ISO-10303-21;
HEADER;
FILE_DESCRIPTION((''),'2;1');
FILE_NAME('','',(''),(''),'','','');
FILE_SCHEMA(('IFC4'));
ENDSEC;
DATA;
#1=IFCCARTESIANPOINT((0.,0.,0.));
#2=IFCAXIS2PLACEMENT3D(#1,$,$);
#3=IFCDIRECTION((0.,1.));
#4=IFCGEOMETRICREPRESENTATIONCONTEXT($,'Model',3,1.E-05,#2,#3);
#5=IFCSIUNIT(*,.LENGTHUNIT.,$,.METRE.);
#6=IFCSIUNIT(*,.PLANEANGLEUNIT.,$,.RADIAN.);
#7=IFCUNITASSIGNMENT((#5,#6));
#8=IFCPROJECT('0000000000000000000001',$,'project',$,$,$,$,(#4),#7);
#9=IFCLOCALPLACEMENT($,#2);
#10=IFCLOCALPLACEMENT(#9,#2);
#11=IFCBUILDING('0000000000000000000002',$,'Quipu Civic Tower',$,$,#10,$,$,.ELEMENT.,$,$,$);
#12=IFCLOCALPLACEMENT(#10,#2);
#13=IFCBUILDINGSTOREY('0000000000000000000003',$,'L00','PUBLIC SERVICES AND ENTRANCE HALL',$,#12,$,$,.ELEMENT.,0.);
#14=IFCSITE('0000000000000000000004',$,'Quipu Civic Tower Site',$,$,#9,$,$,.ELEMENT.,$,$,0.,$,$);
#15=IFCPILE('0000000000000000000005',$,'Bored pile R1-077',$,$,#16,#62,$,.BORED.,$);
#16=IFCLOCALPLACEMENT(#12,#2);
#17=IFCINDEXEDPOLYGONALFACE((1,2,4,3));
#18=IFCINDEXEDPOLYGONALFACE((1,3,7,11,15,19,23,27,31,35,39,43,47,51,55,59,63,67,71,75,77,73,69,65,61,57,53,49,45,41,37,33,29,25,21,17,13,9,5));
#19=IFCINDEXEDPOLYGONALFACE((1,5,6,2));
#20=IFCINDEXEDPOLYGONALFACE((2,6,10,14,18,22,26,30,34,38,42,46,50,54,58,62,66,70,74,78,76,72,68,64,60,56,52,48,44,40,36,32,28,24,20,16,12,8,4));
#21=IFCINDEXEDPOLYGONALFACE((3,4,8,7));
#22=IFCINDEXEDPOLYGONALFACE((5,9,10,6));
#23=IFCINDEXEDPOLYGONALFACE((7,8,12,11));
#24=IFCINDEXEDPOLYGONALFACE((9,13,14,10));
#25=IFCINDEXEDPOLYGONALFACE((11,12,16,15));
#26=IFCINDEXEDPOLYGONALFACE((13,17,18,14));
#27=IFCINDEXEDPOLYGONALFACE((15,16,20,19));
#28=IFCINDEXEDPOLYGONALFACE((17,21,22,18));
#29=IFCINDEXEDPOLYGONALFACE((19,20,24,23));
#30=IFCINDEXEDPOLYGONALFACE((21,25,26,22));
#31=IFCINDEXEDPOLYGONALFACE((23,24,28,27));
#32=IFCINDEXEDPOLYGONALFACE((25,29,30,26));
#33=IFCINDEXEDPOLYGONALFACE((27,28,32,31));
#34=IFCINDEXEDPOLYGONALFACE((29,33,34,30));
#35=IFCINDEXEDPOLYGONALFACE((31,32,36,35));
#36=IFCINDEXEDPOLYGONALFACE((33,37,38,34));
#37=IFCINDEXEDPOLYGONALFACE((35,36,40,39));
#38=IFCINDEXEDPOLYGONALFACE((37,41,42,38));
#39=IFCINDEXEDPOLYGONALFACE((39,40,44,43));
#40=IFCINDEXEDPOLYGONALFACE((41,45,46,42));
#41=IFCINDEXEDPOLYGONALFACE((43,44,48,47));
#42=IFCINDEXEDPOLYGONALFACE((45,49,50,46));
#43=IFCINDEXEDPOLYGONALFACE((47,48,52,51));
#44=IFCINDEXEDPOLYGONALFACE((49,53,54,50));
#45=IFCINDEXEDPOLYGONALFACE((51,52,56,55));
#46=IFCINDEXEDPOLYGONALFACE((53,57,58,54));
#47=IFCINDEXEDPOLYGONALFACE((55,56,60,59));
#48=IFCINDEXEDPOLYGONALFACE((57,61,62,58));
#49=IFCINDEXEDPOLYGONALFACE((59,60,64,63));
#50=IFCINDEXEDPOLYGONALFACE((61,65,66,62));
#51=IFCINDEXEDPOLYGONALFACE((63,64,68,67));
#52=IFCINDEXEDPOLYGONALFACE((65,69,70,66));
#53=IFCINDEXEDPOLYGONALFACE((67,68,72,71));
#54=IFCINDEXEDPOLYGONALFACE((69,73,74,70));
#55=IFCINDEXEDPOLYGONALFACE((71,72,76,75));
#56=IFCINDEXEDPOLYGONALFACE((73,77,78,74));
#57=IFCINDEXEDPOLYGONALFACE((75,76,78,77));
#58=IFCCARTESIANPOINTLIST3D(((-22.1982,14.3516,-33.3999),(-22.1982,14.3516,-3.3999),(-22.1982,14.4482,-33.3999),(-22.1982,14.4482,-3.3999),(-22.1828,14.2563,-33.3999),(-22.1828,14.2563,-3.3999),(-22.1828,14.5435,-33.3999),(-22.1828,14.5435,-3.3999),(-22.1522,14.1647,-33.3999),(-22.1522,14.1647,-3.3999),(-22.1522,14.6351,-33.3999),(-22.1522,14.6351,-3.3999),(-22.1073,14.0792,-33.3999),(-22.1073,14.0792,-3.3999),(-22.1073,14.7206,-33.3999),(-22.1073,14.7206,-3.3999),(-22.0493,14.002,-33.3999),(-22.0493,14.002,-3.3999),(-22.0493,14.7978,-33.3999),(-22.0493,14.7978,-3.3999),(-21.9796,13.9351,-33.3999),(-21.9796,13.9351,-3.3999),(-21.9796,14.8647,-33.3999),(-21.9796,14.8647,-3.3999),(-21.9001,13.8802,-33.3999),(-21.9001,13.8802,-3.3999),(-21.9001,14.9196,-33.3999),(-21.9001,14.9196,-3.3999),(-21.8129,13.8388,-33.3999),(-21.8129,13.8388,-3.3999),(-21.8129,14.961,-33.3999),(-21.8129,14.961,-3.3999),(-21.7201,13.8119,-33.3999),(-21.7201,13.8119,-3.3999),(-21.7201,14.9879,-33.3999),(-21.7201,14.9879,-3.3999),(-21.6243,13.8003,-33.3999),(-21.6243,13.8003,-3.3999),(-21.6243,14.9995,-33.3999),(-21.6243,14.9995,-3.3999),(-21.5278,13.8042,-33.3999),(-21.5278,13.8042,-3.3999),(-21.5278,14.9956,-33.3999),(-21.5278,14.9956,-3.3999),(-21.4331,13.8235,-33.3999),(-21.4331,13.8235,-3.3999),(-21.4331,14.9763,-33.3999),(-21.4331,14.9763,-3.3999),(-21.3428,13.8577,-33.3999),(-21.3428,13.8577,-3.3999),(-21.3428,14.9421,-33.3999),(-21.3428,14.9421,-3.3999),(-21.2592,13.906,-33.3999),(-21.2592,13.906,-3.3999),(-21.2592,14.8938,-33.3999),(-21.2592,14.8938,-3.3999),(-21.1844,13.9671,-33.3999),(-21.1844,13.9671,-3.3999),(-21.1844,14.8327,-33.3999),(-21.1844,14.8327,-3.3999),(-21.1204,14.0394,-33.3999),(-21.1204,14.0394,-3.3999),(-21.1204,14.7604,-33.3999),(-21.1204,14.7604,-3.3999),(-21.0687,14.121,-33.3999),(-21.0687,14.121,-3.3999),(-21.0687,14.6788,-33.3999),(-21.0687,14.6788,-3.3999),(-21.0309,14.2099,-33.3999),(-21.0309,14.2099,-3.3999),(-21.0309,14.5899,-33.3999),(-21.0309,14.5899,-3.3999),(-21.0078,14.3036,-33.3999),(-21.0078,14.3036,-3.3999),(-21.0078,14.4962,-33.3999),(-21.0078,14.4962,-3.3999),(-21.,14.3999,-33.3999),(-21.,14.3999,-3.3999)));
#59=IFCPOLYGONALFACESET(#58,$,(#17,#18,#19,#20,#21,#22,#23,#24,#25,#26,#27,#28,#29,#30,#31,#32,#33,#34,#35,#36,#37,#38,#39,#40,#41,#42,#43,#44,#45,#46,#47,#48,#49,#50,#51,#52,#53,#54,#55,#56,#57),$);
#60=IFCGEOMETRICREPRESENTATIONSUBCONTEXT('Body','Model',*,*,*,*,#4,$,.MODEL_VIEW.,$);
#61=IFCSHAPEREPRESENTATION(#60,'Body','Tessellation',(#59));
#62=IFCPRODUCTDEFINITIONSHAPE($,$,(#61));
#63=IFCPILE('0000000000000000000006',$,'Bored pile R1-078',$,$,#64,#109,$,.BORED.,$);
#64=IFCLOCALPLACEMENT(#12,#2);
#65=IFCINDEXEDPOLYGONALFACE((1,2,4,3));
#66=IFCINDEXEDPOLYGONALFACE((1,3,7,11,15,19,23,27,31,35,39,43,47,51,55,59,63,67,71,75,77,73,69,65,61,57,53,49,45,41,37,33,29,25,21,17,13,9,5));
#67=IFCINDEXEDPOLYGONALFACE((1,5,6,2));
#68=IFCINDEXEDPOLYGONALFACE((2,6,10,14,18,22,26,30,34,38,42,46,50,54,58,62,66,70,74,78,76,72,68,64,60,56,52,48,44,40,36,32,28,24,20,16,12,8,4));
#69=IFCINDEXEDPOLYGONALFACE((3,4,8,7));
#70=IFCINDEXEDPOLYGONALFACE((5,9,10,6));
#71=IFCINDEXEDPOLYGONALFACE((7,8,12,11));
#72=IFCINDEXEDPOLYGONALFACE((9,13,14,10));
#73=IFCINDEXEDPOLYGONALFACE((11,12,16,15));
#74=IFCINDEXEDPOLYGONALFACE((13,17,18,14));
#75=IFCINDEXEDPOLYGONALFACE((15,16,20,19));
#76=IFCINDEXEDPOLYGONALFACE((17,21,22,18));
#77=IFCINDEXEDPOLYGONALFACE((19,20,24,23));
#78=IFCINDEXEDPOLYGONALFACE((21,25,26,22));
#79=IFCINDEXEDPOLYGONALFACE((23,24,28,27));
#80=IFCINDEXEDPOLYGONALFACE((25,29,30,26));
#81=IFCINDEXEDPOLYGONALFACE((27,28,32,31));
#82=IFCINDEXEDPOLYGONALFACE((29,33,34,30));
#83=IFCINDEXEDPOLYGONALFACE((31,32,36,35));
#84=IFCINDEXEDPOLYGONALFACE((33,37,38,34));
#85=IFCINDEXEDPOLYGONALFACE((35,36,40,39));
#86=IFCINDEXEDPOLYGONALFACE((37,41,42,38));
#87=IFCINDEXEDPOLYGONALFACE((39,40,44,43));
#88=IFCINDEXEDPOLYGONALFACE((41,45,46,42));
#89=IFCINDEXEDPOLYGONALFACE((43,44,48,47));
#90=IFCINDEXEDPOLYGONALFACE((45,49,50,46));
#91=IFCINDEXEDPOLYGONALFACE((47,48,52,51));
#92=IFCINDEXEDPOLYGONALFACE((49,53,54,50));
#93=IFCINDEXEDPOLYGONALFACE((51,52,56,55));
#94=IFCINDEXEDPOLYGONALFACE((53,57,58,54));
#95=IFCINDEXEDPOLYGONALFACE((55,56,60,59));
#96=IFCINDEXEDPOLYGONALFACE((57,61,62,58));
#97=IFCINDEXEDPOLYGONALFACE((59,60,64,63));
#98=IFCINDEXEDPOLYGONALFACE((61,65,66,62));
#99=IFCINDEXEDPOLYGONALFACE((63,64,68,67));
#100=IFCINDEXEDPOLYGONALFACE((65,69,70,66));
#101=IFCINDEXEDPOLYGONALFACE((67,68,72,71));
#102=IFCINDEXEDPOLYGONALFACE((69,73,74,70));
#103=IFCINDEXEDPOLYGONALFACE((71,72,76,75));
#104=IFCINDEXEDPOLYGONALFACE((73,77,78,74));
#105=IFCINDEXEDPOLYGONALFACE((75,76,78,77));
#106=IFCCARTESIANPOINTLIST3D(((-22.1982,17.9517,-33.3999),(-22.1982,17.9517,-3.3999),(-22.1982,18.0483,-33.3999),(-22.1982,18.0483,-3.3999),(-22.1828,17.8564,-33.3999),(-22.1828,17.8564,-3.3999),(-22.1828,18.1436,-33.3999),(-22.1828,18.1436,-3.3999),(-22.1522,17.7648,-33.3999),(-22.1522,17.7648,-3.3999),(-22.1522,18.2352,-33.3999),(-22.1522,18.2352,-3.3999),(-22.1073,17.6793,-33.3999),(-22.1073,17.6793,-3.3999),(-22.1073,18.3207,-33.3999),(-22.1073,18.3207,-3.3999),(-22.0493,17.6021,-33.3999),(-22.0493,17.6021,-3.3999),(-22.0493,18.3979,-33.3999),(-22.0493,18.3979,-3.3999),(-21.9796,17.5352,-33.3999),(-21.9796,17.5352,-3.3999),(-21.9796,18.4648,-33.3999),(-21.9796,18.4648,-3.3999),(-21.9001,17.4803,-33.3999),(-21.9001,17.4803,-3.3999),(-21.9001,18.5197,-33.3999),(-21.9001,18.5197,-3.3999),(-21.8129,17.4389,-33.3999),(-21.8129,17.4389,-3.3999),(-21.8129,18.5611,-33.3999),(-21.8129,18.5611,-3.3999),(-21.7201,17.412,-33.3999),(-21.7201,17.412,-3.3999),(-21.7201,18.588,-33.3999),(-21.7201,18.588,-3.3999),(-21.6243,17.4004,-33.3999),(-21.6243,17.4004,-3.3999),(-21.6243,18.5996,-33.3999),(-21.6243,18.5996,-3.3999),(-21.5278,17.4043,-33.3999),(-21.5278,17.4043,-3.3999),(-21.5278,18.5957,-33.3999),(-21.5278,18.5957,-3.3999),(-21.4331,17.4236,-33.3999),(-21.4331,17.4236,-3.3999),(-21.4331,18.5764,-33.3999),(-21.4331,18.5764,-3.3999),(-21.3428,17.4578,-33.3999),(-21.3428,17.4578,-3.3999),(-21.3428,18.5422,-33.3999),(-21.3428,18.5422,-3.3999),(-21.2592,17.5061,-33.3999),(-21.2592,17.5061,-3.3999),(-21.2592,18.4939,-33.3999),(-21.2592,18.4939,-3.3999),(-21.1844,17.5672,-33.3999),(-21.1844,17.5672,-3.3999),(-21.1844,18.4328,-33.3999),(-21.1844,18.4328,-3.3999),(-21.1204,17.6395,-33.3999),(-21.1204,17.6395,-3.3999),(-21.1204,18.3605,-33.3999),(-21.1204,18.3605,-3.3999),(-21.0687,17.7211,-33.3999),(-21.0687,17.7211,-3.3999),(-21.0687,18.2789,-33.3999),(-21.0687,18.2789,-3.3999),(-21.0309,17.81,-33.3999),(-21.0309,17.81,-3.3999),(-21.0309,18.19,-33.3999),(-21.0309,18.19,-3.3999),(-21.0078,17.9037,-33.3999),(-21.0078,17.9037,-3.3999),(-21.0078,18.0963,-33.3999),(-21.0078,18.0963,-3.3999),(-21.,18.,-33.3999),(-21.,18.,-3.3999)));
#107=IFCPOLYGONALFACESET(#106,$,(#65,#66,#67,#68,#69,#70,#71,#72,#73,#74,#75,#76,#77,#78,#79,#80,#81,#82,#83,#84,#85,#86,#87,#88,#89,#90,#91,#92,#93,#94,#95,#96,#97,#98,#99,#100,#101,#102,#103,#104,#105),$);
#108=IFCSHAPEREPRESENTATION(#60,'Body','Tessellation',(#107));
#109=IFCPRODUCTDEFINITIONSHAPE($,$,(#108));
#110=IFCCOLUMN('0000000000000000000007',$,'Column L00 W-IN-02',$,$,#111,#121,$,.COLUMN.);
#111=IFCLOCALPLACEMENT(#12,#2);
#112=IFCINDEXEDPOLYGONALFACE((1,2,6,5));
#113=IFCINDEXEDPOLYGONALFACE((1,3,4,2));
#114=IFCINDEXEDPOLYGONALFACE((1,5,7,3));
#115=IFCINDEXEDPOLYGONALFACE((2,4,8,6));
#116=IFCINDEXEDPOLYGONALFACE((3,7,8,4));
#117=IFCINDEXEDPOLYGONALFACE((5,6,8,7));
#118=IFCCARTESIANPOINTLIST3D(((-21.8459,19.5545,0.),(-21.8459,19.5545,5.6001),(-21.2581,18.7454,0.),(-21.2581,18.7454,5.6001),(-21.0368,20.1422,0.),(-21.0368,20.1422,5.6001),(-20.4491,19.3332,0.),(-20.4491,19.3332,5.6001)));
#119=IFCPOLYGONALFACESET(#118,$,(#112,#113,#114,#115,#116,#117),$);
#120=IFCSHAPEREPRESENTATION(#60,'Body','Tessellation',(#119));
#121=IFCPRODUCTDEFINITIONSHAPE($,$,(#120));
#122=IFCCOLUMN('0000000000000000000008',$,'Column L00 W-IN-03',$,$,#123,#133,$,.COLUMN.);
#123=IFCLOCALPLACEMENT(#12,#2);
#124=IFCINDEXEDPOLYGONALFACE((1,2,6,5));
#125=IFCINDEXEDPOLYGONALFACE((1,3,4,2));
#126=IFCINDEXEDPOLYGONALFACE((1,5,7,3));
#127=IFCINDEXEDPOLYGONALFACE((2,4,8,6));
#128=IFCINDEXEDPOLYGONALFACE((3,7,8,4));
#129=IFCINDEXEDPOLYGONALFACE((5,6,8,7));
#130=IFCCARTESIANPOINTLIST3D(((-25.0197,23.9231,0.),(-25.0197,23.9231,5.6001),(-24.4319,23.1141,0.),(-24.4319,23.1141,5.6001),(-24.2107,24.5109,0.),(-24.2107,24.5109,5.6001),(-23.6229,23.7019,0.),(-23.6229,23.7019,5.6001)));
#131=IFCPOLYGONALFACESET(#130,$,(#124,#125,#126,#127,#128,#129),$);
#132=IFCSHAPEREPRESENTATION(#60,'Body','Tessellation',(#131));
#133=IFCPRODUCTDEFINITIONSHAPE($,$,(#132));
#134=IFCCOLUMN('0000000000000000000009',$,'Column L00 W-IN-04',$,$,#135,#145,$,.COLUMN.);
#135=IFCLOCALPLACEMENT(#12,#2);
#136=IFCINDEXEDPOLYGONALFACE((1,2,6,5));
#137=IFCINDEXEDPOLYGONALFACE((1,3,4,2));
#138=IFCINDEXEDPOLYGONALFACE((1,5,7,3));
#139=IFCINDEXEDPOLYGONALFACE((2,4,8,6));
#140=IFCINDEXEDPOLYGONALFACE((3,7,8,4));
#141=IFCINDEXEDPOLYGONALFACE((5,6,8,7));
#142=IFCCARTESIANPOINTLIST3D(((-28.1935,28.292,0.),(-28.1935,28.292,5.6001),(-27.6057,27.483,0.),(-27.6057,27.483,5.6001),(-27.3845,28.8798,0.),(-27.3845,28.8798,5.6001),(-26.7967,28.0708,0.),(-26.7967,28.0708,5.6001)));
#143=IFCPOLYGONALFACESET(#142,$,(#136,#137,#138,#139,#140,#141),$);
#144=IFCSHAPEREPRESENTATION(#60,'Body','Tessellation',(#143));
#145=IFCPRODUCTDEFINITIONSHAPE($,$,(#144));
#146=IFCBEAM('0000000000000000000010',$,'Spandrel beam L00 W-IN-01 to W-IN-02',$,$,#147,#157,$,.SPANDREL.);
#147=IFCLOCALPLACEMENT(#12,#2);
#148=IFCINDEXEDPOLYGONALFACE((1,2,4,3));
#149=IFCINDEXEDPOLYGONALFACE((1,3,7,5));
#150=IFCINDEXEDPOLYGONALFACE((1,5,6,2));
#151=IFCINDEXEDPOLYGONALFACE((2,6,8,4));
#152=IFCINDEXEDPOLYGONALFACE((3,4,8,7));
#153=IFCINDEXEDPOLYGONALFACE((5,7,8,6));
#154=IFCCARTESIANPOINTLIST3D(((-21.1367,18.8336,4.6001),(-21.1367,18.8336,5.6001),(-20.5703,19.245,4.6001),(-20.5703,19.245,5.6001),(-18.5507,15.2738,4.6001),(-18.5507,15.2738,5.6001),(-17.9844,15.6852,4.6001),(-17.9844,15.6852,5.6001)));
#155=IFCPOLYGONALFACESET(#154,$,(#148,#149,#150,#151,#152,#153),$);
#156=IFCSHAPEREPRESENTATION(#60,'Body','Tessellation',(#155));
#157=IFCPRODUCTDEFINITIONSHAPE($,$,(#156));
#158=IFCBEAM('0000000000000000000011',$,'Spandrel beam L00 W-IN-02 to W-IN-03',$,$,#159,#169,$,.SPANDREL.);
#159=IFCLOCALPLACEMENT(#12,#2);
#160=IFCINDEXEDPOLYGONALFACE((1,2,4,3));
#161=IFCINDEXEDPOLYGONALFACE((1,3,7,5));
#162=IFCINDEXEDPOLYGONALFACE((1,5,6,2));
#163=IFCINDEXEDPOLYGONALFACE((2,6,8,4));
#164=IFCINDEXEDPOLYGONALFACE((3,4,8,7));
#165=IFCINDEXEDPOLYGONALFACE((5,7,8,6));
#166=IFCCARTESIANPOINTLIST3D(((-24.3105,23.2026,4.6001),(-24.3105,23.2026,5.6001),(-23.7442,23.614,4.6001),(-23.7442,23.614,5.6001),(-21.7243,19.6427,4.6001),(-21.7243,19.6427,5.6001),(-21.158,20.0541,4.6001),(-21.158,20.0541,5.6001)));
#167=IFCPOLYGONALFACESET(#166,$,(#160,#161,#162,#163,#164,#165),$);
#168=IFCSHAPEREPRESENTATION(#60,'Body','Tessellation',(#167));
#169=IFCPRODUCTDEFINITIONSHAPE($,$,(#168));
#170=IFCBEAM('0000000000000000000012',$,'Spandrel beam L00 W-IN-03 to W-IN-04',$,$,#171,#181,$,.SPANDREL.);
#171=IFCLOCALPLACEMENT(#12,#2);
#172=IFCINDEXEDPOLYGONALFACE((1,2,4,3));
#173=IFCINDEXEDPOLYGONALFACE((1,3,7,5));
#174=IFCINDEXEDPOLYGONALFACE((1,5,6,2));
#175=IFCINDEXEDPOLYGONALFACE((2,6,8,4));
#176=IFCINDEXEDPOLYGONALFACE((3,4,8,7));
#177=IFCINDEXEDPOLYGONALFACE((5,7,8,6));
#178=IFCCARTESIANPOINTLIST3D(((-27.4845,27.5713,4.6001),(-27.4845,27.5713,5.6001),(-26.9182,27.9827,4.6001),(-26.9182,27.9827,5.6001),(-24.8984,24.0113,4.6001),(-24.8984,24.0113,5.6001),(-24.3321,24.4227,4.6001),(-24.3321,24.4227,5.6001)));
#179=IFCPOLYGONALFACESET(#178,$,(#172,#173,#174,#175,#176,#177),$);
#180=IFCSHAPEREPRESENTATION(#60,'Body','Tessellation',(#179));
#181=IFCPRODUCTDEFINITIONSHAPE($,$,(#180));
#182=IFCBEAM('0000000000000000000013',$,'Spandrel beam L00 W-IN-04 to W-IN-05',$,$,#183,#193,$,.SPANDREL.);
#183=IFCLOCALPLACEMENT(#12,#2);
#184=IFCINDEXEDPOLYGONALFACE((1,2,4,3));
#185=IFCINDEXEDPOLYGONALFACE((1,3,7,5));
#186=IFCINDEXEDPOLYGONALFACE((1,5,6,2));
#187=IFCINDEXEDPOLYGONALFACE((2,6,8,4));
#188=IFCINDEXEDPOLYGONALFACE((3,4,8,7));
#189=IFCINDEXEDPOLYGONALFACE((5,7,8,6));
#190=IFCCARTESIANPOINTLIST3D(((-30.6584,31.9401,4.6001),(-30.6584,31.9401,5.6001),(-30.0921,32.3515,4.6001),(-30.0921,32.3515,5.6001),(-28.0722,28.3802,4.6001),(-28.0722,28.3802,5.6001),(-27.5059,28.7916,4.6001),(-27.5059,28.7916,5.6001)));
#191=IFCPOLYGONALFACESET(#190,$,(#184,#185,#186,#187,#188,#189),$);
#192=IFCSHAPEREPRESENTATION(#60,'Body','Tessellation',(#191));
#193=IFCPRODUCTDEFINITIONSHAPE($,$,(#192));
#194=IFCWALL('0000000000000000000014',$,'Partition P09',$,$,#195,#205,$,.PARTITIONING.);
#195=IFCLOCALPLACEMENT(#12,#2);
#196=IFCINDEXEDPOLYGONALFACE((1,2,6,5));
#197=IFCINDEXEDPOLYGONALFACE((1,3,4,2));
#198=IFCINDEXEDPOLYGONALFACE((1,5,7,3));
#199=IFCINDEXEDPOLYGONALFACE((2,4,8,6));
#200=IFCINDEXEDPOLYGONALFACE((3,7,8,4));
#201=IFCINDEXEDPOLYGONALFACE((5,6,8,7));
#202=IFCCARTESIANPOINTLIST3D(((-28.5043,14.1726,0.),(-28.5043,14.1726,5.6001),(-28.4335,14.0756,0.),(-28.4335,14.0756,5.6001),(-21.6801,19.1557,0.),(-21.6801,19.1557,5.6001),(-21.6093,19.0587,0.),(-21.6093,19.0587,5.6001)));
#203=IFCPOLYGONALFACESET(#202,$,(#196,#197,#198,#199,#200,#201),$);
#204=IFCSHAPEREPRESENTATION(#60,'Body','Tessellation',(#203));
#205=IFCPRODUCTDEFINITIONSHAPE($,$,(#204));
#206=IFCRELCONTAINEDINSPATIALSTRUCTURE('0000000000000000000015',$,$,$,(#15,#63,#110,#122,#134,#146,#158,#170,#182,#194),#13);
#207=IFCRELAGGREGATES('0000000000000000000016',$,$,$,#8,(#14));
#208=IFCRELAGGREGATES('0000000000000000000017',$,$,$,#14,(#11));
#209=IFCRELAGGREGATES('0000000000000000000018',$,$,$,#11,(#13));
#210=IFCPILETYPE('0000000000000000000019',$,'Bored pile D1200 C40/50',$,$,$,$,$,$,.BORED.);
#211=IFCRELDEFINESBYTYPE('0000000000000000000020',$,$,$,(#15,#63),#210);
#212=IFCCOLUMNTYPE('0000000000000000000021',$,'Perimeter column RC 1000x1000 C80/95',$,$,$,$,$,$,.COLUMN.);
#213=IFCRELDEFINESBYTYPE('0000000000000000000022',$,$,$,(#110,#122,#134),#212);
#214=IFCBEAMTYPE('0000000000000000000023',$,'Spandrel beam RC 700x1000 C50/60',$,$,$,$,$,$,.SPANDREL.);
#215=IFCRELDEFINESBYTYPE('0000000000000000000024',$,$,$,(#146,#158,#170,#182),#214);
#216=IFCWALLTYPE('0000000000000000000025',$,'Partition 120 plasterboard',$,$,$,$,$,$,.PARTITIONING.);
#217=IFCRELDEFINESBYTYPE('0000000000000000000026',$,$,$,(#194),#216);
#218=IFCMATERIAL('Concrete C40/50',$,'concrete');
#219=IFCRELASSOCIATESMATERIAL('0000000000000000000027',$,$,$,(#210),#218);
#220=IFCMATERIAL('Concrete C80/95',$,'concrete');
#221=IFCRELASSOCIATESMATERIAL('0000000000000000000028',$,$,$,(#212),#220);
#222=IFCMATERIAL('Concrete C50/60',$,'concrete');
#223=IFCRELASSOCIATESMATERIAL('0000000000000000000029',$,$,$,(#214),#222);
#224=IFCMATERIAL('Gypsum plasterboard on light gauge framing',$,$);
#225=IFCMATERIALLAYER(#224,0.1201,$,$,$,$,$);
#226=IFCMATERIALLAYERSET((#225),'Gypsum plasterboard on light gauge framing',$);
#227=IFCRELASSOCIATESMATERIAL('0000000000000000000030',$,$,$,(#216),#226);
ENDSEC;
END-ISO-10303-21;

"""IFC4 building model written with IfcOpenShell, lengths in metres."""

from ifc_helpers import new_model, si_unit, direction, frame, frame_2d, origin, origin_2d, place, context, subcontext, project, spatial, rectangle, circle, extrude, material, layer, layer_set, material_profile, profile_set, type_object, element, save


model = new_model("IFC4")

# Units and contexts
model_context = context("Model", 3, precision=1e-05, world=origin(), true_north=direction((0.0, 1.0)))
body_context = subcontext(model_context, "Body", "Model", "MODEL_VIEW")
ifc_project = project(units=[si_unit("LENGTHUNIT", "METRE"), si_unit("PLANEANGLEUNIT", "RADIAN")], contexts=[model_context])

# Site, building, storey
site_placement = place(None, origin())
site = spatial("IfcSite", under=ifc_project, at=site_placement, Name="Quipu Civic Tower Site", CompositionType="ELEMENT", RefElevation=0.0)
building_placement = place(site_placement, origin())
building = spatial("IfcBuilding", under=site, at=building_placement, Name="Quipu Civic Tower", CompositionType="ELEMENT")
storey_placement = place(building_placement, origin())
storey = spatial("IfcBuildingStorey", under=building, at=storey_placement, Name="L00", Description="PUBLIC SERVICES AND ENTRANCE HALL", CompositionType="ELEMENT", Elevation=0.0)

# Piles
ifc_material_1 = material(Name="Concrete C40/50", Category="concrete")
ifc_material_profile_1 = material_profile(ifc_material_1, circle(Radius=0.6001, at=origin_2d()), Name="RCD1200")
ifc_profile_set_1 = profile_set([ifc_material_profile_1], Name="Concrete C40/50")
pile_type = type_object("IfcPileType", Name="Bored pile D1200 C40/50", PredefinedType="BORED", material=ifc_profile_set_1)
for number, where, z_axis, x_axis, name in (
    (1, (-21.6001, 14.3999, -3.3999), (0.0, 0.0, -1.0), (1.0, 0.0, 0.0), "Bored pile R1-077"),
    (2, (-21.6001, 18.0, -3.3999), (0.0, 0.0, -1.0), (1.0, 0.0, 0.0), "Bored pile R1-078"),
):
    element("IfcPile", number, at=place(storey_placement, frame(where, z_axis=z_axis, x_axis=x_axis)), inside=storey, type_object=pile_type, Name=name, PredefinedType="BORED", context=body_context, shape_type="SweptSolid", body=[
        extrude(circle(Radius=0.6001, at=origin_2d()), origin(), (0.0, 0.0, 1.0), 30.0),
    ])

# Columns
ifc_material_2 = material(Name="Concrete C80/95", Category="concrete")
ifc_material_profile_2 = material_profile(ifc_material_2, rectangle(XDim=1.0, YDim=1.0, at=origin_2d()), Name="RC1000x1000")
ifc_profile_set_2 = profile_set([ifc_material_profile_2], Name="Concrete C80/95")
column_type = type_object("IfcColumnType", Name="Perimeter column RC 1000x1000 C80/95", PredefinedType="COLUMN", material=ifc_profile_set_2)
for number, where, z_axis, x_axis, name in (
    (3, (-21.1475, 19.4438, 0.0), (0.0, 0.0, 1.0), (-0.587785, 0.809017, 0.0), "Column L00 W-IN-02"),
    (4, (-24.3213, 23.8125, 0.0), (0.0, 0.0, 1.0), (-0.587785, 0.809017, 0.0), "Column L00 W-IN-03"),
    (5, (-27.4951, 28.1814, 0.0), (0.0, 0.0, 1.0), (-0.587785, 0.809017, 0.0), "Column L00 W-IN-04"),
):
    element("IfcColumn", number, at=place(storey_placement, frame(where, z_axis=z_axis, x_axis=x_axis)), inside=storey, type_object=column_type, Name=name, PredefinedType="COLUMN", context=body_context, shape_type="SweptSolid", body=[
        extrude(rectangle(XDim=1.0, YDim=1.0, at=origin_2d()), origin(), (0.0, 0.0, 1.0), 5.6001),
    ])

# Beams
ifc_material_3 = material(Name="Concrete C50/60", Category="concrete")
ifc_material_profile_3 = material_profile(ifc_material_3, rectangle(XDim=0.7, YDim=1.0, at=origin_2d()), Name="RC700x1000")
ifc_profile_set_3 = profile_set([ifc_material_profile_3], Name="Concrete C50/60")
beam_type = type_object("IfcBeamType", Name="Spandrel beam RC 700x1000 C50/60", PredefinedType="SPANDREL", material=ifc_profile_set_3)
beam_placement = place(storey_placement, frame((-18.2676, 15.4795, 5.1001), z_axis=(-0.587723, 0.809062, 0.0), x_axis=(-0.809062, -0.587723, 0.0)))
element("IfcBeam", 6, at=beam_placement, inside=storey, type_object=beam_type, Name="Spandrel beam L00 W-IN-01 to W-IN-02", PredefinedType="SPANDREL", context=body_context, shape_type="SweptSolid", body=[
    extrude(rectangle(XDim=0.7, YDim=1.0, at=origin_2d()), origin(), (0.0, 0.0, 1.0), 4.3999),
])
for number, where, z_axis, x_axis, name in (
    (7, (-21.4412, 19.8484, 5.1001), (-0.587759, 0.809036, 0.0), (-0.809036, -0.587759, 0.0), "Spandrel beam L00 W-IN-02 to W-IN-03"),
    (8, (-24.6152, 24.217, 5.1001), (-0.587733, 0.809055, 0.0), (-0.809055, -0.587733, 0.0), "Spandrel beam L00 W-IN-03 to W-IN-04"),
    (9, (-27.7891, 28.5859, 5.1001), (-0.587759, 0.809036, 0.0), (-0.809036, -0.587759, 0.0), "Spandrel beam L00 W-IN-04 to W-IN-05"),
):
    element("IfcBeam", number, at=place(storey_placement, frame(where, z_axis=z_axis, x_axis=x_axis)), inside=storey, type_object=beam_type, Name=name, PredefinedType="SPANDREL", context=body_context, shape_type="SweptSolid", body=[
        extrude(rectangle(XDim=0.7, YDim=1.0, at=origin_2d()), origin(), (0.0, 0.0, 1.0), 4.4001),
    ])

# Wall
ifc_material_4 = material(Name="Gypsum plasterboard on light gauge framing")
ifc_layer = layer(ifc_material_4, 0.1201)
ifc_layer_set = layer_set([ifc_layer], Name="Gypsum plasterboard on light gauge framing")
wall_type = type_object("IfcWallType", Name="Partition 120 plasterboard", PredefinedType="PARTITIONING", material=ifc_layer_set)
wall_1_placement = place(storey_placement, frame((-28.469, 14.124, 0.0), z_axis=(0.0, 0.0, 1.0), x_axis=(0.807604, 0.589725, 0.0)))
element("IfcWall", 10, at=wall_1_placement, inside=storey, type_object=wall_type, Name="Partition P09", PredefinedType="PARTITIONING", context=body_context, shape_type="SweptSolid", body=[
    extrude(rectangle(XDim=8.45, YDim=0.1201, at=frame_2d((4.2251, 0.0))), origin(), (0.0, 0.0, 1.0), 5.6001),
])

save(model, "model.ifc")
